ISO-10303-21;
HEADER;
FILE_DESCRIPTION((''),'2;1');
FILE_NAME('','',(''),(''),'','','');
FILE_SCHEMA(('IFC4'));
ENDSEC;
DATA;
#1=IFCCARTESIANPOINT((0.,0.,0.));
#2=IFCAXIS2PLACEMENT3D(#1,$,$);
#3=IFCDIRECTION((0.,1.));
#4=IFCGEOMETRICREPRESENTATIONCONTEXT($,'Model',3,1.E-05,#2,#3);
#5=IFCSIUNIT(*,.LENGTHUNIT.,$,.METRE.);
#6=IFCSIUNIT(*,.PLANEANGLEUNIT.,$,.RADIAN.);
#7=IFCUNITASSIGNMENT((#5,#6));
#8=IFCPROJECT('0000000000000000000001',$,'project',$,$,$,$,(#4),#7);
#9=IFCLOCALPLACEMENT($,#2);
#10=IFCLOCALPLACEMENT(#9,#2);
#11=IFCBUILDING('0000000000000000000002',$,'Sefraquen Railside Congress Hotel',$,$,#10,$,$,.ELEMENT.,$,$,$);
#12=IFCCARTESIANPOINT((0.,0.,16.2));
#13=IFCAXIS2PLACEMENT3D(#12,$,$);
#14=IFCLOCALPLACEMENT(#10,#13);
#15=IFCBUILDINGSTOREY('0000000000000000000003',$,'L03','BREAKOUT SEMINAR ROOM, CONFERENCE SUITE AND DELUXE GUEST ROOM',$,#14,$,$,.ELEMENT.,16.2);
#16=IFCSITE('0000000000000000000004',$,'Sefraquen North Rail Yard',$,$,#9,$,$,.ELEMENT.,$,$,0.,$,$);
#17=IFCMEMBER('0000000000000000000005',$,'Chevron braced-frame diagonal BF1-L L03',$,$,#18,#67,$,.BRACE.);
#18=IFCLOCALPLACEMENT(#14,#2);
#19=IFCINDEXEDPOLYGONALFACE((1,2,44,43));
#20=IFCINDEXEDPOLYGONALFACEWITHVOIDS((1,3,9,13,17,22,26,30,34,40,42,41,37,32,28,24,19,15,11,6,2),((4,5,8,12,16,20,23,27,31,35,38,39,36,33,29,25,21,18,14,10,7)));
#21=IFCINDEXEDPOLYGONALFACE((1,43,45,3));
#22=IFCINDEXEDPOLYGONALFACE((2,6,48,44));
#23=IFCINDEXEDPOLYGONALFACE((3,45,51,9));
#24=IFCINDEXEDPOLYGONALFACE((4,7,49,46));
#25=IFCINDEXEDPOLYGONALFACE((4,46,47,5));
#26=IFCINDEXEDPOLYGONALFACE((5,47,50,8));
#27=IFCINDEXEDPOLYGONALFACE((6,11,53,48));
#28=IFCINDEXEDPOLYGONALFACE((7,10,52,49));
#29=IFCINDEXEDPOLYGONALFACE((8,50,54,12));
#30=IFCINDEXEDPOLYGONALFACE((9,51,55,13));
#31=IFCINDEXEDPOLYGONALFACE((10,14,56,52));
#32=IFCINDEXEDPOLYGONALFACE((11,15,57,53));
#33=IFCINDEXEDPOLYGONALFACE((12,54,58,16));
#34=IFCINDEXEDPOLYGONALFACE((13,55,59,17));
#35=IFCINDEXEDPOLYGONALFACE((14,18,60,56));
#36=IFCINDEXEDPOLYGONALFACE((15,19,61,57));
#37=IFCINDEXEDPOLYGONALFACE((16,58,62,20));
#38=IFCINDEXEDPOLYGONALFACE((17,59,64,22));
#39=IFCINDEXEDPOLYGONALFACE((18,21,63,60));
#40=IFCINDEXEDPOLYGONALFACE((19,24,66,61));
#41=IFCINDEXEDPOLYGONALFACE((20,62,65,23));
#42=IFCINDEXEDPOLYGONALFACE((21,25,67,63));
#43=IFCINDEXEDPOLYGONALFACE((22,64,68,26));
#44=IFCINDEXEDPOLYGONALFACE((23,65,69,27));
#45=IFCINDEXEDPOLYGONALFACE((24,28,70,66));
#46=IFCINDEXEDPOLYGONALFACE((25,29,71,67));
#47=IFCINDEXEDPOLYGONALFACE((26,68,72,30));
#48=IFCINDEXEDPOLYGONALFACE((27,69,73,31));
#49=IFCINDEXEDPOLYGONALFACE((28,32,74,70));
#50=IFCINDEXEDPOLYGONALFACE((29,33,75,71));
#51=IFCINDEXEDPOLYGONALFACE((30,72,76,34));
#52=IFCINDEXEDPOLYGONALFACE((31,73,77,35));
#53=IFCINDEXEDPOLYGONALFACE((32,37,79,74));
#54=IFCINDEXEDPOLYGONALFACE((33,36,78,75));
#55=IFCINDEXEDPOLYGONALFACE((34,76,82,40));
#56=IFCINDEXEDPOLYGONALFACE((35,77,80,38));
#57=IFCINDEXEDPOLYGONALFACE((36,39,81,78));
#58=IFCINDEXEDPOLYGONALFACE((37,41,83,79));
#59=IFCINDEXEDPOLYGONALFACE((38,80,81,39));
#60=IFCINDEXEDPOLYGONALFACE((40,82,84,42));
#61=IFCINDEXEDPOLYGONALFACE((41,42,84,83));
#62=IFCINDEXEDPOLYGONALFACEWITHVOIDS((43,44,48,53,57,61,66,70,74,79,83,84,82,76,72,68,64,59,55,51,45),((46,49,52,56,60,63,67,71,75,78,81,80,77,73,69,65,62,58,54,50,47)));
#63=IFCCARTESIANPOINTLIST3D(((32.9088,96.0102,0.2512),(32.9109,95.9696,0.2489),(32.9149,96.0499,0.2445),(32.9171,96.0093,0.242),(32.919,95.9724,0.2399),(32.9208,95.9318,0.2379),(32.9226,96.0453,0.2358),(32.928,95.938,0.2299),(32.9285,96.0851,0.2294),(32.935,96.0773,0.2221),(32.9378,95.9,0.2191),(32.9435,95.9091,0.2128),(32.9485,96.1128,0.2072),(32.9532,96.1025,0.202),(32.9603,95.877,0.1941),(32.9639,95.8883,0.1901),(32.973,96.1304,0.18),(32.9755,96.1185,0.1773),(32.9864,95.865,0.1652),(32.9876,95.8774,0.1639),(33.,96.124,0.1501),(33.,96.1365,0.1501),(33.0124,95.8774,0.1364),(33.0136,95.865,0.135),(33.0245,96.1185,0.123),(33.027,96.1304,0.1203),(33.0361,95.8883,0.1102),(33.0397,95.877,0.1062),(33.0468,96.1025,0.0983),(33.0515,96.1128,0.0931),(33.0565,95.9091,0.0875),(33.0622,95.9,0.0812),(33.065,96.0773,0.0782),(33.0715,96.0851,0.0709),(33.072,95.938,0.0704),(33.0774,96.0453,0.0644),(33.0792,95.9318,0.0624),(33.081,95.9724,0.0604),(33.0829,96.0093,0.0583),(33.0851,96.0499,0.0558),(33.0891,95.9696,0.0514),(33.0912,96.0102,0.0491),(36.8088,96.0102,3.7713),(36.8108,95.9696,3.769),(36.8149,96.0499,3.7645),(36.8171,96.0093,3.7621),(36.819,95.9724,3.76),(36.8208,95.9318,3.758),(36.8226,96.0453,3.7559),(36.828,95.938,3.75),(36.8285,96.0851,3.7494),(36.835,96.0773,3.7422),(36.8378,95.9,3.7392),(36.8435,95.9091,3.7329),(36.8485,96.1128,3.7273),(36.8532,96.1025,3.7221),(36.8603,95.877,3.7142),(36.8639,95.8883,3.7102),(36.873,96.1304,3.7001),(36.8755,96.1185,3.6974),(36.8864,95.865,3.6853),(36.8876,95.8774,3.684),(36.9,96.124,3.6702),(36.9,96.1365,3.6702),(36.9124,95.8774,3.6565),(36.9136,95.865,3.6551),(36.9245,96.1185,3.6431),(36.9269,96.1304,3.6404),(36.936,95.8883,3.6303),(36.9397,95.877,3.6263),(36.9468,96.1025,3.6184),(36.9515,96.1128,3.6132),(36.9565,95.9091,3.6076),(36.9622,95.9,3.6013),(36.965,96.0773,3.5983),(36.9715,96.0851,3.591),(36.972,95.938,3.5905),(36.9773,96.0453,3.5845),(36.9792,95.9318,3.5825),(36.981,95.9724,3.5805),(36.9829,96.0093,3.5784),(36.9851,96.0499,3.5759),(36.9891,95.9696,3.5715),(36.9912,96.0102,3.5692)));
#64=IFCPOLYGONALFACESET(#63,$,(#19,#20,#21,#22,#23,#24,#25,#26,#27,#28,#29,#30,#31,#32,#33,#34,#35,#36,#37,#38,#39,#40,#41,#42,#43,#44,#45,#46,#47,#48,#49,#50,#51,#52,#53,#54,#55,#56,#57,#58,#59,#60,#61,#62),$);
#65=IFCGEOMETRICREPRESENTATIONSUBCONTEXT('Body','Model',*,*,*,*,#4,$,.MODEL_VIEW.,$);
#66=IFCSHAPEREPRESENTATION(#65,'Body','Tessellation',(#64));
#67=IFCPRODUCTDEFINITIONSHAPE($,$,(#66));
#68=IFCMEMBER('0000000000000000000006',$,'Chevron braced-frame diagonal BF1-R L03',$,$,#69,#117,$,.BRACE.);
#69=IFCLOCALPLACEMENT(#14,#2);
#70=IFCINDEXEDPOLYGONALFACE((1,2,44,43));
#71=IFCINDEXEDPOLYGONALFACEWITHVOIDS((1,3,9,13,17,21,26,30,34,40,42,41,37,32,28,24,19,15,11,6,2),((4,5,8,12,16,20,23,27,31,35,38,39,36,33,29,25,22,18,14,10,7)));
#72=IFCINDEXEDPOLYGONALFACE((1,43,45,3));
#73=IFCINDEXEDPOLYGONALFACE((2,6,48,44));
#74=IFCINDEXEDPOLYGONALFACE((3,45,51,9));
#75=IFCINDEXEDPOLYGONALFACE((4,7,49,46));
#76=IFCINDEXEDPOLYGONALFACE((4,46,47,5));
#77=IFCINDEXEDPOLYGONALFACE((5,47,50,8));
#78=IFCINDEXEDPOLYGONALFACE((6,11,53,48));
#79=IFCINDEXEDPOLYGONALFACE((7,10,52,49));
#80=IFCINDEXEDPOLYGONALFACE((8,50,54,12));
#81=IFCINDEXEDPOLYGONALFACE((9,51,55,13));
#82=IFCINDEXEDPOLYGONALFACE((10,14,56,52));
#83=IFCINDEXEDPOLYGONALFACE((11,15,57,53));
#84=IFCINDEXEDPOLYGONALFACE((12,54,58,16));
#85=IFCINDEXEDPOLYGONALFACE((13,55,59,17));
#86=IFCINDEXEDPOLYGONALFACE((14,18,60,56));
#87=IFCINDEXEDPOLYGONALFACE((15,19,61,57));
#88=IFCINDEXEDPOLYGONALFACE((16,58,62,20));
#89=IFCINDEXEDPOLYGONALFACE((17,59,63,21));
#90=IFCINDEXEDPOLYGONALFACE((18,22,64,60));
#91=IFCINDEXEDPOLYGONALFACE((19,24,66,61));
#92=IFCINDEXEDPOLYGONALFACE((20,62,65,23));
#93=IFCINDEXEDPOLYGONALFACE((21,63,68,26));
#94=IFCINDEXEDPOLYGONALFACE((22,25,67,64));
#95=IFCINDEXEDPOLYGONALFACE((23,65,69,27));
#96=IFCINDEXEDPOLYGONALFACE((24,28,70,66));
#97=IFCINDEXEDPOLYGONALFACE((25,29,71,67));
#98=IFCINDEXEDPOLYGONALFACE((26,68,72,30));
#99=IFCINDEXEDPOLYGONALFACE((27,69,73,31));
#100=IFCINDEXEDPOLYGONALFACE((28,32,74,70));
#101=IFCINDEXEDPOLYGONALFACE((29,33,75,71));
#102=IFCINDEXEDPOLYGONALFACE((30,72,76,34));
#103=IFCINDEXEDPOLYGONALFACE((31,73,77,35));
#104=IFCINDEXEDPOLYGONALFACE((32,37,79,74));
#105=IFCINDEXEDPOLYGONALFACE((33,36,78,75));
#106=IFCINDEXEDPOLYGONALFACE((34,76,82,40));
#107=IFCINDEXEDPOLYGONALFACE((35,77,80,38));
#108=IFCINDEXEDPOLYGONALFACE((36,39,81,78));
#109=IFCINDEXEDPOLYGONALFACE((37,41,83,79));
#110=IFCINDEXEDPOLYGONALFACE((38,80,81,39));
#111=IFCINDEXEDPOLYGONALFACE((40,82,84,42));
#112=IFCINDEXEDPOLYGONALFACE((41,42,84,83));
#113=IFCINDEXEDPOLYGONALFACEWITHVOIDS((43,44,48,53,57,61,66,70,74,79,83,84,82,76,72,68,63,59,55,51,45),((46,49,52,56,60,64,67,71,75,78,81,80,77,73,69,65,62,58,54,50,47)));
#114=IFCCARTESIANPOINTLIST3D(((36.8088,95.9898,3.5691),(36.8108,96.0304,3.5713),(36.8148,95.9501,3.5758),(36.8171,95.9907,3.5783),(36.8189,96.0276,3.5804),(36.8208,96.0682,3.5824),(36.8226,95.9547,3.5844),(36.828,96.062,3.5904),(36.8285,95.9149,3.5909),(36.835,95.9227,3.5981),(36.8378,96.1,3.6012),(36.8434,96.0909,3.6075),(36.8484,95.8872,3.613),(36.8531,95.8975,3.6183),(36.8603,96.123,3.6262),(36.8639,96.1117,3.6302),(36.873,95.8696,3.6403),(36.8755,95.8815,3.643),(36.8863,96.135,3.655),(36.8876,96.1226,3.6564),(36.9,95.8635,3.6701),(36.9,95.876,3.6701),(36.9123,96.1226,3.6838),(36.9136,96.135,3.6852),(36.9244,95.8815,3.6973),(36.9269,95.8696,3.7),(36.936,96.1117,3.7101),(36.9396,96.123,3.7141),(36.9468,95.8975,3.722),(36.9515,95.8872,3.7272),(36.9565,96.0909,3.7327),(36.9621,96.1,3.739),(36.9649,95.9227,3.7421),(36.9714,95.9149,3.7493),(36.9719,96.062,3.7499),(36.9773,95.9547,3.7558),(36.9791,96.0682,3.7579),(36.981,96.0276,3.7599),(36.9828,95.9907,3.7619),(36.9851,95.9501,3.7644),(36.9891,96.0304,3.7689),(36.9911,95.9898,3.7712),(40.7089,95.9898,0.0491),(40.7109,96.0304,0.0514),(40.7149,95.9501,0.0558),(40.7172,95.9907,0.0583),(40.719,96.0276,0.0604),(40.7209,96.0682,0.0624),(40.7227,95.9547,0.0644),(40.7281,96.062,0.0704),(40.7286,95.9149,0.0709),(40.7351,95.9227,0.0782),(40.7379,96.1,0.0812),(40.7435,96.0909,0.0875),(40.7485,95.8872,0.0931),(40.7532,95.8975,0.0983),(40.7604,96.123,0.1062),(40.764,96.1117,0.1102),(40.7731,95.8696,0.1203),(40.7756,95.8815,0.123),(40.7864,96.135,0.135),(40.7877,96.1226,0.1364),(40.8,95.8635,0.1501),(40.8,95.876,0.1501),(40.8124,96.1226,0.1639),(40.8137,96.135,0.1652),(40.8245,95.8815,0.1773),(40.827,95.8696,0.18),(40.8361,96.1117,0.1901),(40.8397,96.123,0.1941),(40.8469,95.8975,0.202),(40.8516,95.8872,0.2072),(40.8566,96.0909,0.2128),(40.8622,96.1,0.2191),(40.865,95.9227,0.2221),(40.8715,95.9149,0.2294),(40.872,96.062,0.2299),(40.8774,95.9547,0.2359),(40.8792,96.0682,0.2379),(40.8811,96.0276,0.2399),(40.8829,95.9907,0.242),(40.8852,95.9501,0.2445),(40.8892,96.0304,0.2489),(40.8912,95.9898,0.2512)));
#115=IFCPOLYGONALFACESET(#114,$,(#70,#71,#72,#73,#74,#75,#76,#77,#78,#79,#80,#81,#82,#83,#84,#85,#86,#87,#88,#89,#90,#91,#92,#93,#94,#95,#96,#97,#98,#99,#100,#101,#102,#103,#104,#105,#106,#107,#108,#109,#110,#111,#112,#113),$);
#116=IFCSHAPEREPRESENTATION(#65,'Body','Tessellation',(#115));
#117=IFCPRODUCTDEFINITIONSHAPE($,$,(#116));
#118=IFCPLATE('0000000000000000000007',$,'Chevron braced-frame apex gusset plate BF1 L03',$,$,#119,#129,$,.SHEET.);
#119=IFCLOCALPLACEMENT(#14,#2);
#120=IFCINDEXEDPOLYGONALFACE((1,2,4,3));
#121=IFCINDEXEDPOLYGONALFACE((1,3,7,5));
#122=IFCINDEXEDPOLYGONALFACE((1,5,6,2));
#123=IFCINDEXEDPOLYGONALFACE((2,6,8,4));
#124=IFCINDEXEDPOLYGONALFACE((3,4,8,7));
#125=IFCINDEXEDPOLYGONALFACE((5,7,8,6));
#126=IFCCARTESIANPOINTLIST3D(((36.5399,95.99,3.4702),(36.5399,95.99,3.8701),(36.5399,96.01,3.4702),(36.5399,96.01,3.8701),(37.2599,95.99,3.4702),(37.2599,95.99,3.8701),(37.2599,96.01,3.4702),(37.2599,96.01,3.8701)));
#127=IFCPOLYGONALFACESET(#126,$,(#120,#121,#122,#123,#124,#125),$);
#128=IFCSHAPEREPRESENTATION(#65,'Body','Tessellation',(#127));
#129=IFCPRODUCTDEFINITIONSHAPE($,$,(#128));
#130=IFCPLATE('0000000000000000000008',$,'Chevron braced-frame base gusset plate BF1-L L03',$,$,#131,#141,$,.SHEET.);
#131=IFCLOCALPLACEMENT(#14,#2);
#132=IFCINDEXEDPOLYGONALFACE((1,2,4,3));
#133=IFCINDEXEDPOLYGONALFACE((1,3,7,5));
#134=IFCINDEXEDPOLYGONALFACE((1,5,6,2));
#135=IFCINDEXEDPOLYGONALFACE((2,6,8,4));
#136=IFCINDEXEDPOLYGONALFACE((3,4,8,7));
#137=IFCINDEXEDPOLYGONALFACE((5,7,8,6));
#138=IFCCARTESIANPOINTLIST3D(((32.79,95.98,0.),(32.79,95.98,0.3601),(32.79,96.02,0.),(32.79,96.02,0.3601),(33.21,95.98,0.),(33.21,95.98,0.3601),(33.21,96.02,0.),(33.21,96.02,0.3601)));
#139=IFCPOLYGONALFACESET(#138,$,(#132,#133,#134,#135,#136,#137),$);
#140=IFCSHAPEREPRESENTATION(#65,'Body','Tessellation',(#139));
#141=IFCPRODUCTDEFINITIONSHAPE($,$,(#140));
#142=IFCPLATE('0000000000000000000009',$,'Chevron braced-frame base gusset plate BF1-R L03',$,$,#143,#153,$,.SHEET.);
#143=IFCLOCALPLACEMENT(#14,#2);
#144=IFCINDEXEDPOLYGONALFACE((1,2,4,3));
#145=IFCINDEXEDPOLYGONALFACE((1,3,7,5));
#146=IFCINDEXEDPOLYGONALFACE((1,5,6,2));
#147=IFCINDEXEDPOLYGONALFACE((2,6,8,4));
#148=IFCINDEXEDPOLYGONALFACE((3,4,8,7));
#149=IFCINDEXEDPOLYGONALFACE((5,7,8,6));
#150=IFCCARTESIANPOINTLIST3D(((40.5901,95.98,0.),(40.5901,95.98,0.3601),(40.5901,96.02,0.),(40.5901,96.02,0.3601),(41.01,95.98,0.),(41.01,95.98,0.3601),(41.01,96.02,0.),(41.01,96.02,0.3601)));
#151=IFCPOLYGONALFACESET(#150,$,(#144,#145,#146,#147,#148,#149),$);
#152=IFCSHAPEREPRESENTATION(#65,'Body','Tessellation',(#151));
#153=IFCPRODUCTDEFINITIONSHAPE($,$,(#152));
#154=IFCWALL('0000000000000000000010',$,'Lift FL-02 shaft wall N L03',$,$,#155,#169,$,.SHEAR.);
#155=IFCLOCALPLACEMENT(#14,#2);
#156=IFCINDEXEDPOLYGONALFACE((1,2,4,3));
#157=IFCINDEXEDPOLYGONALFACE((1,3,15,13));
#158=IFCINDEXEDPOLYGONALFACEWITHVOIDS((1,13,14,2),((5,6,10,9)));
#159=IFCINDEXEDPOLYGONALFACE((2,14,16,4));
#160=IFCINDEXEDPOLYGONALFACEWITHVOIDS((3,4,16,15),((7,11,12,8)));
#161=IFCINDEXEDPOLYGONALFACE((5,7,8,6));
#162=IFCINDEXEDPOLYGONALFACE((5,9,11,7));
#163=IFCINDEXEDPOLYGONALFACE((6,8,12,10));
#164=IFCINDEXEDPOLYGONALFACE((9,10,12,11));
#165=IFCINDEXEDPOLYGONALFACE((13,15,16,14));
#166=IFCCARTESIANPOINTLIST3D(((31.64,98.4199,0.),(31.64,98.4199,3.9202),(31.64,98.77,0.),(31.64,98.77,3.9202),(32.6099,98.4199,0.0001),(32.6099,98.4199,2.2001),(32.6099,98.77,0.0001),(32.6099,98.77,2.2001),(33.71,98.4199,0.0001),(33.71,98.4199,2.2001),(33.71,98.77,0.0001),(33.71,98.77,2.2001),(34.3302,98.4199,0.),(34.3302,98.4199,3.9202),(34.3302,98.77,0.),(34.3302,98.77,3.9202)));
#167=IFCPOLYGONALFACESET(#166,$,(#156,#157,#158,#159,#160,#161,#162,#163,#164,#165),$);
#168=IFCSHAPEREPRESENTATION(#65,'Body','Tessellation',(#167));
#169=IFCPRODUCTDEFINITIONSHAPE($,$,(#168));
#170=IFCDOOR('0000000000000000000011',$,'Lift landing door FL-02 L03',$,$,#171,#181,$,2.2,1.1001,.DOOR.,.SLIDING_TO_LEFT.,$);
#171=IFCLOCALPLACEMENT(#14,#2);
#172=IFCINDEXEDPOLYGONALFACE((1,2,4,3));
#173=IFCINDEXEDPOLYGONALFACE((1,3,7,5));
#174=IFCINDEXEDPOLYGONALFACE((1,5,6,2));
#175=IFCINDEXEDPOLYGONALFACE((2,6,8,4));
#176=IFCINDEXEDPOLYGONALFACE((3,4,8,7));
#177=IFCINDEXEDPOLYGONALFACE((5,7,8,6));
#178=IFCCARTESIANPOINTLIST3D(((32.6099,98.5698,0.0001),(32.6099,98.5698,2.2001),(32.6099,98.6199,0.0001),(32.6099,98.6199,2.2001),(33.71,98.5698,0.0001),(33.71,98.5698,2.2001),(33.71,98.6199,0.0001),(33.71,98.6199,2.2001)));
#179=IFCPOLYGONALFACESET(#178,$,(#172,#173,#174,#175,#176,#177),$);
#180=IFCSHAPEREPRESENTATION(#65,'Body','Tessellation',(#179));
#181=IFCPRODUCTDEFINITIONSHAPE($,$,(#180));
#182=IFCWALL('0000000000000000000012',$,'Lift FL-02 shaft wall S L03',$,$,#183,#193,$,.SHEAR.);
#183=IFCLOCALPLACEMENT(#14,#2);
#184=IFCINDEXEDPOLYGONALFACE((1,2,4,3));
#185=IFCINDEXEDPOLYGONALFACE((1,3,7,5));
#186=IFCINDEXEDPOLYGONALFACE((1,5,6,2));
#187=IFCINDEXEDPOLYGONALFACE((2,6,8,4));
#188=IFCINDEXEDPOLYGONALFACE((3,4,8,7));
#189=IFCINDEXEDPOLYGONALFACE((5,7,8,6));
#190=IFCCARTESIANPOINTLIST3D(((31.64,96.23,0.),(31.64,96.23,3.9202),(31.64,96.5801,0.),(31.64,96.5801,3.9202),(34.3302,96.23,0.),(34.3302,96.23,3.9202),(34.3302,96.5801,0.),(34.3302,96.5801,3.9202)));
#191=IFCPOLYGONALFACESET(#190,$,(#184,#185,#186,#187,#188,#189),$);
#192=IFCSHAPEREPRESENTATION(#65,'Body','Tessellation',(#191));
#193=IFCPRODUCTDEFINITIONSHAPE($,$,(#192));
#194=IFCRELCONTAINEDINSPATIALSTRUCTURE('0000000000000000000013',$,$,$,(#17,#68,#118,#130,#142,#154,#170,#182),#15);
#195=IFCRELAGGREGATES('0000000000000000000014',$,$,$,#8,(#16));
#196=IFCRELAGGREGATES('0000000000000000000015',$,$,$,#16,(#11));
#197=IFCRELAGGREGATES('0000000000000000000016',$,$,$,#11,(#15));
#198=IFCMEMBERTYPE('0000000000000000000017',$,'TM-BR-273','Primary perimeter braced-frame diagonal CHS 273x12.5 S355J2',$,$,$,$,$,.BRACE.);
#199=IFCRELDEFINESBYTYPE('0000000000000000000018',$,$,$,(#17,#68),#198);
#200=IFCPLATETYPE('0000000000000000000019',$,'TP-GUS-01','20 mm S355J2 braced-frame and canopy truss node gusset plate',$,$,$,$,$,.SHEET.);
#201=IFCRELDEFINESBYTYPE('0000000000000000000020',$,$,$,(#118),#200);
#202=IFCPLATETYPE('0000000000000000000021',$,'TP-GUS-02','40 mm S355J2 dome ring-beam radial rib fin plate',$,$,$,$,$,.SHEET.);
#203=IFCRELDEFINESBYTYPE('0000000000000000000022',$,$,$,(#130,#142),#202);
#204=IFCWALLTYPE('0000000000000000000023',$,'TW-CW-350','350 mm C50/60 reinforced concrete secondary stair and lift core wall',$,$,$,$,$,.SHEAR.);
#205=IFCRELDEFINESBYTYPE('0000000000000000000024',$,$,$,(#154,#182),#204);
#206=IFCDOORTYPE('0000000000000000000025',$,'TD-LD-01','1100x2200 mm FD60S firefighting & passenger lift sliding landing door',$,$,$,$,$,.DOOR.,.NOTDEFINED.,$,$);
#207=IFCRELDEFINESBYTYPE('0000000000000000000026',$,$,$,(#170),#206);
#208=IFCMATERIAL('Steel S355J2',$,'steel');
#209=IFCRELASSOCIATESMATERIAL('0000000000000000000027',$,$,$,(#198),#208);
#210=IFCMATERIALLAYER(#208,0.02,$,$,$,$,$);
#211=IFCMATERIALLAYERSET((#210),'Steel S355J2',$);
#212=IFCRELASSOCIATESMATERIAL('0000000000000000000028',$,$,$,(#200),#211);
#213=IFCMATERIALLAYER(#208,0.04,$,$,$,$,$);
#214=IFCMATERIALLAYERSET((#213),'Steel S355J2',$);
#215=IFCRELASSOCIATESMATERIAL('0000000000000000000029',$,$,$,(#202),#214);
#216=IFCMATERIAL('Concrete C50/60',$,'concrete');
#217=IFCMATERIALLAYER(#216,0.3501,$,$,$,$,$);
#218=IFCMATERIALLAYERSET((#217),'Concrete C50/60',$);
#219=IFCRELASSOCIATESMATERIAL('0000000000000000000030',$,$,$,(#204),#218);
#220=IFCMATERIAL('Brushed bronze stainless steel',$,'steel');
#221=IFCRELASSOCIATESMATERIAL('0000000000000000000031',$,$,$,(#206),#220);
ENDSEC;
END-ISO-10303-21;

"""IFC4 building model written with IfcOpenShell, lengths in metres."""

from ifc_helpers import new_model, si_unit, direction, frame, frame_2d, origin, origin_2d, place, context, subcontext, project, spatial, rectangle, hollow_circle, extrude, material, layer, layer_set, material_profile, profile_set, type_object, element, fill, save


model = new_model("IFC4")

# Units and contexts
model_context = context("Model", 3, precision=1e-05, world=origin(), true_north=direction((0.0, 1.0)))
body_context = subcontext(model_context, "Body", "Model", "MODEL_VIEW")
ifc_project = project(units=[si_unit("LENGTHUNIT", "METRE"), si_unit("PLANEANGLEUNIT", "RADIAN")], contexts=[model_context])

# Site, building, storey
site_placement = place(None, origin())
site = spatial("IfcSite", under=ifc_project, at=site_placement, Name="Sefraquen North Rail Yard", CompositionType="ELEMENT", RefElevation=0.0)
building_placement = place(site_placement, origin())
building = spatial("IfcBuilding", under=site, at=building_placement, Name="Sefraquen Railside Congress Hotel", CompositionType="ELEMENT")
storey_placement = place(building_placement, frame((0.0, 0.0, 16.2)))
storey = spatial("IfcBuildingStorey", under=building, at=storey_placement, Name="L03", Description="BREAKOUT SEMINAR ROOM, CONFERENCE SUITE AND DELUXE GUEST ROOM", CompositionType="ELEMENT", Elevation=16.2)

# Members
ifc_material_1 = material(Name="Steel S355J2", Category="steel")
ifc_material_profile_1 = material_profile(ifc_material_1, hollow_circle(Radius=0.1365, WallThickness=0.0125, at=origin_2d()), Name="CHS 273x12.5")
ifc_profile_set_1 = profile_set([ifc_material_profile_1], Name="Steel S355J2")
member_type = type_object("IfcMemberType", Name="TM-BR-273", Description="Primary perimeter braced-frame diagonal CHS 273x12.5 S355J2", PredefinedType="BRACE", material=ifc_profile_set_1)
for number, where, z_axis, x_axis, name in (
    (1, (33.0, 96.0, 0.1501), (0.742337, 0.0, 0.670027), (0.0, 1.0, 0.0), "Chevron braced-frame diagonal BF1-L L03"),
    (2, (40.8, 96.0, 0.1501), (-0.742358, 0.0, 0.670004), (0.0, -1.0, 0.0), "Chevron braced-frame diagonal BF1-R L03"),
):
    element("IfcMember", number, at=place(storey_placement, frame(where, z_axis=z_axis, x_axis=x_axis)), inside=storey, type_object=member_type, Name=name, PredefinedType="BRACE", context=body_context, shape_type="SweptSolid", body=[
        extrude(hollow_circle(Radius=0.1365, WallThickness=0.0125, at=origin_2d()), origin(), (0.0, 0.0, 1.0), 5.2537),
    ])

# Plates
ifc_layer_1 = layer(ifc_material_1, 0.02)
ifc_layer_set_1 = layer_set([ifc_layer_1], Name="Steel S355J2")
plate_type_1 = type_object("IfcPlateType", Name="TP-GUS-01", Description="20 mm S355J2 braced-frame and canopy truss node gusset plate", PredefinedType="SHEET", material=ifc_layer_set_1)
plate_placement = place(storey_placement, frame((36.8999, 96.0, 3.4702), z_axis=(0.0, 0.0, 1.0), x_axis=(1.0, 0.0, 0.0)))
element("IfcPlate", 3, at=plate_placement, inside=storey, type_object=plate_type_1, Name="Chevron braced-frame apex gusset plate BF1 L03", PredefinedType="SHEET", context=body_context, shape_type="SweptSolid", body=[
    extrude(rectangle(XDim=0.72, YDim=0.02, at=origin_2d()), origin(), (0.0, 0.0, 1.0), 0.3999),
])
ifc_layer_2 = layer(ifc_material_1, 0.04)
ifc_layer_set_2 = layer_set([ifc_layer_2], Name="Steel S355J2")
plate_type_2 = type_object("IfcPlateType", Name="TP-GUS-02", Description="40 mm S355J2 dome ring-beam radial rib fin plate", PredefinedType="SHEET", material=ifc_layer_set_2)
for number, where, z_axis, x_axis, name in (
    (4, (33.0, 96.0, 0.0), (0.0, 0.0, 1.0), (1.0, 0.0, 0.0), "Chevron braced-frame base gusset plate BF1-L L03"),
    (5, (40.8, 96.0, 0.0), (0.0, 0.0, 1.0), (1.0, 0.0, 0.0), "Chevron braced-frame base gusset plate BF1-R L03"),
):
    element("IfcPlate", number, at=place(storey_placement, frame(where, z_axis=z_axis, x_axis=x_axis)), inside=storey, type_object=plate_type_2, Name=name, PredefinedType="SHEET", context=body_context, shape_type="SweptSolid", body=[
        extrude(rectangle(XDim=0.4199, YDim=0.04, at=origin_2d()), origin(), (0.0, 0.0, 1.0), 0.3601),
    ])

# Wall, opening, door
ifc_material_2 = material(Name="Concrete C50/60", Category="concrete")
ifc_layer_3 = layer(ifc_material_2, 0.3501)
ifc_layer_set_3 = layer_set([ifc_layer_3], Name="Concrete C50/60")
wall_type_1 = type_object("IfcWallType", Name="TW-CW-350", Description="350 mm C50/60 reinforced concrete secondary stair and lift core wall", PredefinedType="SHEAR", material=ifc_layer_set_3)
wall_1_placement = place(storey_placement, frame((31.6399, 98.595, 0.0), z_axis=(0.0, 0.0, 1.0), x_axis=(1.0, 0.0, 0.0)))
wall_1 = element("IfcWall", 6, at=wall_1_placement, inside=storey, type_object=wall_type_1, Name="Lift FL-02 shaft wall N L03", PredefinedType="SHEAR", context=body_context, shape_type="SweptSolid", body=[
    extrude(rectangle(XDim=2.6902, YDim=0.3501, at=frame_2d((1.3452, 0.0))), origin(), (0.0, 0.0, 1.0), 3.9202),
])
opening_1_placement = place(wall_1_placement, frame((0.97, 0.0, 0.0)))
opening_1 = element("IfcOpeningElement", 7, at=opening_1_placement, cuts=wall_1, PredefinedType="OPENING", context=body_context, shape_type="SweptSolid", body=[
    extrude(rectangle(XDim=1.1001, YDim=2.2, at=frame_2d((0.55, 1.1001))), frame((0.0, 0.1851, 0.0), z_axis=(0.0, -1.0, 0.0), x_axis=(1.0, 0.0, 0.0)), (0.0, 0.0, 1.0), 0.3701),
])
ifc_material_3 = material(Name="Brushed bronze stainless steel", Category="steel")
door_type_1 = type_object("IfcDoorType", Name="TD-LD-01", Description="1100x2200 mm FD60S firefighting & passenger lift sliding landing door", OperationType="NOTDEFINED", PredefinedType="DOOR", material=ifc_material_3)
door_1_placement = place(opening_1_placement, origin())
door_1 = element("IfcDoor", 8, at=door_1_placement, inside=storey, type_object=door_type_1, Name="Lift landing door FL-02 L03", OperationType="SLIDING_TO_LEFT", OverallHeight=2.2, OverallWidth=1.1001, PredefinedType="DOOR", context=body_context, shape_type="SweptSolid", body=[
    extrude(rectangle(XDim=1.1001, YDim=2.2, at=frame_2d((0.55, 1.1001))), frame((0.0, 0.0249, 0.0), z_axis=(0.0, -1.0, 0.0), x_axis=(1.0, 0.0, 0.0)), (0.0, 0.0, 1.0), 0.05),
])
fill(opening_1, door_1)

# Wall
wall_2_placement = place(storey_placement, frame((31.6399, 96.405, 0.0), z_axis=(0.0, 0.0, 1.0), x_axis=(1.0, 0.0, 0.0)))
element("IfcWall", 9, at=wall_2_placement, inside=storey, type_object=wall_type_1, Name="Lift FL-02 shaft wall S L03", PredefinedType="SHEAR", context=body_context, shape_type="SweptSolid", body=[
    extrude(rectangle(XDim=2.6902, YDim=0.3501, at=frame_2d((1.3452, 0.0))), origin(), (0.0, 0.0, 1.0), 3.9202),
])

save(model, "model.ifc")
